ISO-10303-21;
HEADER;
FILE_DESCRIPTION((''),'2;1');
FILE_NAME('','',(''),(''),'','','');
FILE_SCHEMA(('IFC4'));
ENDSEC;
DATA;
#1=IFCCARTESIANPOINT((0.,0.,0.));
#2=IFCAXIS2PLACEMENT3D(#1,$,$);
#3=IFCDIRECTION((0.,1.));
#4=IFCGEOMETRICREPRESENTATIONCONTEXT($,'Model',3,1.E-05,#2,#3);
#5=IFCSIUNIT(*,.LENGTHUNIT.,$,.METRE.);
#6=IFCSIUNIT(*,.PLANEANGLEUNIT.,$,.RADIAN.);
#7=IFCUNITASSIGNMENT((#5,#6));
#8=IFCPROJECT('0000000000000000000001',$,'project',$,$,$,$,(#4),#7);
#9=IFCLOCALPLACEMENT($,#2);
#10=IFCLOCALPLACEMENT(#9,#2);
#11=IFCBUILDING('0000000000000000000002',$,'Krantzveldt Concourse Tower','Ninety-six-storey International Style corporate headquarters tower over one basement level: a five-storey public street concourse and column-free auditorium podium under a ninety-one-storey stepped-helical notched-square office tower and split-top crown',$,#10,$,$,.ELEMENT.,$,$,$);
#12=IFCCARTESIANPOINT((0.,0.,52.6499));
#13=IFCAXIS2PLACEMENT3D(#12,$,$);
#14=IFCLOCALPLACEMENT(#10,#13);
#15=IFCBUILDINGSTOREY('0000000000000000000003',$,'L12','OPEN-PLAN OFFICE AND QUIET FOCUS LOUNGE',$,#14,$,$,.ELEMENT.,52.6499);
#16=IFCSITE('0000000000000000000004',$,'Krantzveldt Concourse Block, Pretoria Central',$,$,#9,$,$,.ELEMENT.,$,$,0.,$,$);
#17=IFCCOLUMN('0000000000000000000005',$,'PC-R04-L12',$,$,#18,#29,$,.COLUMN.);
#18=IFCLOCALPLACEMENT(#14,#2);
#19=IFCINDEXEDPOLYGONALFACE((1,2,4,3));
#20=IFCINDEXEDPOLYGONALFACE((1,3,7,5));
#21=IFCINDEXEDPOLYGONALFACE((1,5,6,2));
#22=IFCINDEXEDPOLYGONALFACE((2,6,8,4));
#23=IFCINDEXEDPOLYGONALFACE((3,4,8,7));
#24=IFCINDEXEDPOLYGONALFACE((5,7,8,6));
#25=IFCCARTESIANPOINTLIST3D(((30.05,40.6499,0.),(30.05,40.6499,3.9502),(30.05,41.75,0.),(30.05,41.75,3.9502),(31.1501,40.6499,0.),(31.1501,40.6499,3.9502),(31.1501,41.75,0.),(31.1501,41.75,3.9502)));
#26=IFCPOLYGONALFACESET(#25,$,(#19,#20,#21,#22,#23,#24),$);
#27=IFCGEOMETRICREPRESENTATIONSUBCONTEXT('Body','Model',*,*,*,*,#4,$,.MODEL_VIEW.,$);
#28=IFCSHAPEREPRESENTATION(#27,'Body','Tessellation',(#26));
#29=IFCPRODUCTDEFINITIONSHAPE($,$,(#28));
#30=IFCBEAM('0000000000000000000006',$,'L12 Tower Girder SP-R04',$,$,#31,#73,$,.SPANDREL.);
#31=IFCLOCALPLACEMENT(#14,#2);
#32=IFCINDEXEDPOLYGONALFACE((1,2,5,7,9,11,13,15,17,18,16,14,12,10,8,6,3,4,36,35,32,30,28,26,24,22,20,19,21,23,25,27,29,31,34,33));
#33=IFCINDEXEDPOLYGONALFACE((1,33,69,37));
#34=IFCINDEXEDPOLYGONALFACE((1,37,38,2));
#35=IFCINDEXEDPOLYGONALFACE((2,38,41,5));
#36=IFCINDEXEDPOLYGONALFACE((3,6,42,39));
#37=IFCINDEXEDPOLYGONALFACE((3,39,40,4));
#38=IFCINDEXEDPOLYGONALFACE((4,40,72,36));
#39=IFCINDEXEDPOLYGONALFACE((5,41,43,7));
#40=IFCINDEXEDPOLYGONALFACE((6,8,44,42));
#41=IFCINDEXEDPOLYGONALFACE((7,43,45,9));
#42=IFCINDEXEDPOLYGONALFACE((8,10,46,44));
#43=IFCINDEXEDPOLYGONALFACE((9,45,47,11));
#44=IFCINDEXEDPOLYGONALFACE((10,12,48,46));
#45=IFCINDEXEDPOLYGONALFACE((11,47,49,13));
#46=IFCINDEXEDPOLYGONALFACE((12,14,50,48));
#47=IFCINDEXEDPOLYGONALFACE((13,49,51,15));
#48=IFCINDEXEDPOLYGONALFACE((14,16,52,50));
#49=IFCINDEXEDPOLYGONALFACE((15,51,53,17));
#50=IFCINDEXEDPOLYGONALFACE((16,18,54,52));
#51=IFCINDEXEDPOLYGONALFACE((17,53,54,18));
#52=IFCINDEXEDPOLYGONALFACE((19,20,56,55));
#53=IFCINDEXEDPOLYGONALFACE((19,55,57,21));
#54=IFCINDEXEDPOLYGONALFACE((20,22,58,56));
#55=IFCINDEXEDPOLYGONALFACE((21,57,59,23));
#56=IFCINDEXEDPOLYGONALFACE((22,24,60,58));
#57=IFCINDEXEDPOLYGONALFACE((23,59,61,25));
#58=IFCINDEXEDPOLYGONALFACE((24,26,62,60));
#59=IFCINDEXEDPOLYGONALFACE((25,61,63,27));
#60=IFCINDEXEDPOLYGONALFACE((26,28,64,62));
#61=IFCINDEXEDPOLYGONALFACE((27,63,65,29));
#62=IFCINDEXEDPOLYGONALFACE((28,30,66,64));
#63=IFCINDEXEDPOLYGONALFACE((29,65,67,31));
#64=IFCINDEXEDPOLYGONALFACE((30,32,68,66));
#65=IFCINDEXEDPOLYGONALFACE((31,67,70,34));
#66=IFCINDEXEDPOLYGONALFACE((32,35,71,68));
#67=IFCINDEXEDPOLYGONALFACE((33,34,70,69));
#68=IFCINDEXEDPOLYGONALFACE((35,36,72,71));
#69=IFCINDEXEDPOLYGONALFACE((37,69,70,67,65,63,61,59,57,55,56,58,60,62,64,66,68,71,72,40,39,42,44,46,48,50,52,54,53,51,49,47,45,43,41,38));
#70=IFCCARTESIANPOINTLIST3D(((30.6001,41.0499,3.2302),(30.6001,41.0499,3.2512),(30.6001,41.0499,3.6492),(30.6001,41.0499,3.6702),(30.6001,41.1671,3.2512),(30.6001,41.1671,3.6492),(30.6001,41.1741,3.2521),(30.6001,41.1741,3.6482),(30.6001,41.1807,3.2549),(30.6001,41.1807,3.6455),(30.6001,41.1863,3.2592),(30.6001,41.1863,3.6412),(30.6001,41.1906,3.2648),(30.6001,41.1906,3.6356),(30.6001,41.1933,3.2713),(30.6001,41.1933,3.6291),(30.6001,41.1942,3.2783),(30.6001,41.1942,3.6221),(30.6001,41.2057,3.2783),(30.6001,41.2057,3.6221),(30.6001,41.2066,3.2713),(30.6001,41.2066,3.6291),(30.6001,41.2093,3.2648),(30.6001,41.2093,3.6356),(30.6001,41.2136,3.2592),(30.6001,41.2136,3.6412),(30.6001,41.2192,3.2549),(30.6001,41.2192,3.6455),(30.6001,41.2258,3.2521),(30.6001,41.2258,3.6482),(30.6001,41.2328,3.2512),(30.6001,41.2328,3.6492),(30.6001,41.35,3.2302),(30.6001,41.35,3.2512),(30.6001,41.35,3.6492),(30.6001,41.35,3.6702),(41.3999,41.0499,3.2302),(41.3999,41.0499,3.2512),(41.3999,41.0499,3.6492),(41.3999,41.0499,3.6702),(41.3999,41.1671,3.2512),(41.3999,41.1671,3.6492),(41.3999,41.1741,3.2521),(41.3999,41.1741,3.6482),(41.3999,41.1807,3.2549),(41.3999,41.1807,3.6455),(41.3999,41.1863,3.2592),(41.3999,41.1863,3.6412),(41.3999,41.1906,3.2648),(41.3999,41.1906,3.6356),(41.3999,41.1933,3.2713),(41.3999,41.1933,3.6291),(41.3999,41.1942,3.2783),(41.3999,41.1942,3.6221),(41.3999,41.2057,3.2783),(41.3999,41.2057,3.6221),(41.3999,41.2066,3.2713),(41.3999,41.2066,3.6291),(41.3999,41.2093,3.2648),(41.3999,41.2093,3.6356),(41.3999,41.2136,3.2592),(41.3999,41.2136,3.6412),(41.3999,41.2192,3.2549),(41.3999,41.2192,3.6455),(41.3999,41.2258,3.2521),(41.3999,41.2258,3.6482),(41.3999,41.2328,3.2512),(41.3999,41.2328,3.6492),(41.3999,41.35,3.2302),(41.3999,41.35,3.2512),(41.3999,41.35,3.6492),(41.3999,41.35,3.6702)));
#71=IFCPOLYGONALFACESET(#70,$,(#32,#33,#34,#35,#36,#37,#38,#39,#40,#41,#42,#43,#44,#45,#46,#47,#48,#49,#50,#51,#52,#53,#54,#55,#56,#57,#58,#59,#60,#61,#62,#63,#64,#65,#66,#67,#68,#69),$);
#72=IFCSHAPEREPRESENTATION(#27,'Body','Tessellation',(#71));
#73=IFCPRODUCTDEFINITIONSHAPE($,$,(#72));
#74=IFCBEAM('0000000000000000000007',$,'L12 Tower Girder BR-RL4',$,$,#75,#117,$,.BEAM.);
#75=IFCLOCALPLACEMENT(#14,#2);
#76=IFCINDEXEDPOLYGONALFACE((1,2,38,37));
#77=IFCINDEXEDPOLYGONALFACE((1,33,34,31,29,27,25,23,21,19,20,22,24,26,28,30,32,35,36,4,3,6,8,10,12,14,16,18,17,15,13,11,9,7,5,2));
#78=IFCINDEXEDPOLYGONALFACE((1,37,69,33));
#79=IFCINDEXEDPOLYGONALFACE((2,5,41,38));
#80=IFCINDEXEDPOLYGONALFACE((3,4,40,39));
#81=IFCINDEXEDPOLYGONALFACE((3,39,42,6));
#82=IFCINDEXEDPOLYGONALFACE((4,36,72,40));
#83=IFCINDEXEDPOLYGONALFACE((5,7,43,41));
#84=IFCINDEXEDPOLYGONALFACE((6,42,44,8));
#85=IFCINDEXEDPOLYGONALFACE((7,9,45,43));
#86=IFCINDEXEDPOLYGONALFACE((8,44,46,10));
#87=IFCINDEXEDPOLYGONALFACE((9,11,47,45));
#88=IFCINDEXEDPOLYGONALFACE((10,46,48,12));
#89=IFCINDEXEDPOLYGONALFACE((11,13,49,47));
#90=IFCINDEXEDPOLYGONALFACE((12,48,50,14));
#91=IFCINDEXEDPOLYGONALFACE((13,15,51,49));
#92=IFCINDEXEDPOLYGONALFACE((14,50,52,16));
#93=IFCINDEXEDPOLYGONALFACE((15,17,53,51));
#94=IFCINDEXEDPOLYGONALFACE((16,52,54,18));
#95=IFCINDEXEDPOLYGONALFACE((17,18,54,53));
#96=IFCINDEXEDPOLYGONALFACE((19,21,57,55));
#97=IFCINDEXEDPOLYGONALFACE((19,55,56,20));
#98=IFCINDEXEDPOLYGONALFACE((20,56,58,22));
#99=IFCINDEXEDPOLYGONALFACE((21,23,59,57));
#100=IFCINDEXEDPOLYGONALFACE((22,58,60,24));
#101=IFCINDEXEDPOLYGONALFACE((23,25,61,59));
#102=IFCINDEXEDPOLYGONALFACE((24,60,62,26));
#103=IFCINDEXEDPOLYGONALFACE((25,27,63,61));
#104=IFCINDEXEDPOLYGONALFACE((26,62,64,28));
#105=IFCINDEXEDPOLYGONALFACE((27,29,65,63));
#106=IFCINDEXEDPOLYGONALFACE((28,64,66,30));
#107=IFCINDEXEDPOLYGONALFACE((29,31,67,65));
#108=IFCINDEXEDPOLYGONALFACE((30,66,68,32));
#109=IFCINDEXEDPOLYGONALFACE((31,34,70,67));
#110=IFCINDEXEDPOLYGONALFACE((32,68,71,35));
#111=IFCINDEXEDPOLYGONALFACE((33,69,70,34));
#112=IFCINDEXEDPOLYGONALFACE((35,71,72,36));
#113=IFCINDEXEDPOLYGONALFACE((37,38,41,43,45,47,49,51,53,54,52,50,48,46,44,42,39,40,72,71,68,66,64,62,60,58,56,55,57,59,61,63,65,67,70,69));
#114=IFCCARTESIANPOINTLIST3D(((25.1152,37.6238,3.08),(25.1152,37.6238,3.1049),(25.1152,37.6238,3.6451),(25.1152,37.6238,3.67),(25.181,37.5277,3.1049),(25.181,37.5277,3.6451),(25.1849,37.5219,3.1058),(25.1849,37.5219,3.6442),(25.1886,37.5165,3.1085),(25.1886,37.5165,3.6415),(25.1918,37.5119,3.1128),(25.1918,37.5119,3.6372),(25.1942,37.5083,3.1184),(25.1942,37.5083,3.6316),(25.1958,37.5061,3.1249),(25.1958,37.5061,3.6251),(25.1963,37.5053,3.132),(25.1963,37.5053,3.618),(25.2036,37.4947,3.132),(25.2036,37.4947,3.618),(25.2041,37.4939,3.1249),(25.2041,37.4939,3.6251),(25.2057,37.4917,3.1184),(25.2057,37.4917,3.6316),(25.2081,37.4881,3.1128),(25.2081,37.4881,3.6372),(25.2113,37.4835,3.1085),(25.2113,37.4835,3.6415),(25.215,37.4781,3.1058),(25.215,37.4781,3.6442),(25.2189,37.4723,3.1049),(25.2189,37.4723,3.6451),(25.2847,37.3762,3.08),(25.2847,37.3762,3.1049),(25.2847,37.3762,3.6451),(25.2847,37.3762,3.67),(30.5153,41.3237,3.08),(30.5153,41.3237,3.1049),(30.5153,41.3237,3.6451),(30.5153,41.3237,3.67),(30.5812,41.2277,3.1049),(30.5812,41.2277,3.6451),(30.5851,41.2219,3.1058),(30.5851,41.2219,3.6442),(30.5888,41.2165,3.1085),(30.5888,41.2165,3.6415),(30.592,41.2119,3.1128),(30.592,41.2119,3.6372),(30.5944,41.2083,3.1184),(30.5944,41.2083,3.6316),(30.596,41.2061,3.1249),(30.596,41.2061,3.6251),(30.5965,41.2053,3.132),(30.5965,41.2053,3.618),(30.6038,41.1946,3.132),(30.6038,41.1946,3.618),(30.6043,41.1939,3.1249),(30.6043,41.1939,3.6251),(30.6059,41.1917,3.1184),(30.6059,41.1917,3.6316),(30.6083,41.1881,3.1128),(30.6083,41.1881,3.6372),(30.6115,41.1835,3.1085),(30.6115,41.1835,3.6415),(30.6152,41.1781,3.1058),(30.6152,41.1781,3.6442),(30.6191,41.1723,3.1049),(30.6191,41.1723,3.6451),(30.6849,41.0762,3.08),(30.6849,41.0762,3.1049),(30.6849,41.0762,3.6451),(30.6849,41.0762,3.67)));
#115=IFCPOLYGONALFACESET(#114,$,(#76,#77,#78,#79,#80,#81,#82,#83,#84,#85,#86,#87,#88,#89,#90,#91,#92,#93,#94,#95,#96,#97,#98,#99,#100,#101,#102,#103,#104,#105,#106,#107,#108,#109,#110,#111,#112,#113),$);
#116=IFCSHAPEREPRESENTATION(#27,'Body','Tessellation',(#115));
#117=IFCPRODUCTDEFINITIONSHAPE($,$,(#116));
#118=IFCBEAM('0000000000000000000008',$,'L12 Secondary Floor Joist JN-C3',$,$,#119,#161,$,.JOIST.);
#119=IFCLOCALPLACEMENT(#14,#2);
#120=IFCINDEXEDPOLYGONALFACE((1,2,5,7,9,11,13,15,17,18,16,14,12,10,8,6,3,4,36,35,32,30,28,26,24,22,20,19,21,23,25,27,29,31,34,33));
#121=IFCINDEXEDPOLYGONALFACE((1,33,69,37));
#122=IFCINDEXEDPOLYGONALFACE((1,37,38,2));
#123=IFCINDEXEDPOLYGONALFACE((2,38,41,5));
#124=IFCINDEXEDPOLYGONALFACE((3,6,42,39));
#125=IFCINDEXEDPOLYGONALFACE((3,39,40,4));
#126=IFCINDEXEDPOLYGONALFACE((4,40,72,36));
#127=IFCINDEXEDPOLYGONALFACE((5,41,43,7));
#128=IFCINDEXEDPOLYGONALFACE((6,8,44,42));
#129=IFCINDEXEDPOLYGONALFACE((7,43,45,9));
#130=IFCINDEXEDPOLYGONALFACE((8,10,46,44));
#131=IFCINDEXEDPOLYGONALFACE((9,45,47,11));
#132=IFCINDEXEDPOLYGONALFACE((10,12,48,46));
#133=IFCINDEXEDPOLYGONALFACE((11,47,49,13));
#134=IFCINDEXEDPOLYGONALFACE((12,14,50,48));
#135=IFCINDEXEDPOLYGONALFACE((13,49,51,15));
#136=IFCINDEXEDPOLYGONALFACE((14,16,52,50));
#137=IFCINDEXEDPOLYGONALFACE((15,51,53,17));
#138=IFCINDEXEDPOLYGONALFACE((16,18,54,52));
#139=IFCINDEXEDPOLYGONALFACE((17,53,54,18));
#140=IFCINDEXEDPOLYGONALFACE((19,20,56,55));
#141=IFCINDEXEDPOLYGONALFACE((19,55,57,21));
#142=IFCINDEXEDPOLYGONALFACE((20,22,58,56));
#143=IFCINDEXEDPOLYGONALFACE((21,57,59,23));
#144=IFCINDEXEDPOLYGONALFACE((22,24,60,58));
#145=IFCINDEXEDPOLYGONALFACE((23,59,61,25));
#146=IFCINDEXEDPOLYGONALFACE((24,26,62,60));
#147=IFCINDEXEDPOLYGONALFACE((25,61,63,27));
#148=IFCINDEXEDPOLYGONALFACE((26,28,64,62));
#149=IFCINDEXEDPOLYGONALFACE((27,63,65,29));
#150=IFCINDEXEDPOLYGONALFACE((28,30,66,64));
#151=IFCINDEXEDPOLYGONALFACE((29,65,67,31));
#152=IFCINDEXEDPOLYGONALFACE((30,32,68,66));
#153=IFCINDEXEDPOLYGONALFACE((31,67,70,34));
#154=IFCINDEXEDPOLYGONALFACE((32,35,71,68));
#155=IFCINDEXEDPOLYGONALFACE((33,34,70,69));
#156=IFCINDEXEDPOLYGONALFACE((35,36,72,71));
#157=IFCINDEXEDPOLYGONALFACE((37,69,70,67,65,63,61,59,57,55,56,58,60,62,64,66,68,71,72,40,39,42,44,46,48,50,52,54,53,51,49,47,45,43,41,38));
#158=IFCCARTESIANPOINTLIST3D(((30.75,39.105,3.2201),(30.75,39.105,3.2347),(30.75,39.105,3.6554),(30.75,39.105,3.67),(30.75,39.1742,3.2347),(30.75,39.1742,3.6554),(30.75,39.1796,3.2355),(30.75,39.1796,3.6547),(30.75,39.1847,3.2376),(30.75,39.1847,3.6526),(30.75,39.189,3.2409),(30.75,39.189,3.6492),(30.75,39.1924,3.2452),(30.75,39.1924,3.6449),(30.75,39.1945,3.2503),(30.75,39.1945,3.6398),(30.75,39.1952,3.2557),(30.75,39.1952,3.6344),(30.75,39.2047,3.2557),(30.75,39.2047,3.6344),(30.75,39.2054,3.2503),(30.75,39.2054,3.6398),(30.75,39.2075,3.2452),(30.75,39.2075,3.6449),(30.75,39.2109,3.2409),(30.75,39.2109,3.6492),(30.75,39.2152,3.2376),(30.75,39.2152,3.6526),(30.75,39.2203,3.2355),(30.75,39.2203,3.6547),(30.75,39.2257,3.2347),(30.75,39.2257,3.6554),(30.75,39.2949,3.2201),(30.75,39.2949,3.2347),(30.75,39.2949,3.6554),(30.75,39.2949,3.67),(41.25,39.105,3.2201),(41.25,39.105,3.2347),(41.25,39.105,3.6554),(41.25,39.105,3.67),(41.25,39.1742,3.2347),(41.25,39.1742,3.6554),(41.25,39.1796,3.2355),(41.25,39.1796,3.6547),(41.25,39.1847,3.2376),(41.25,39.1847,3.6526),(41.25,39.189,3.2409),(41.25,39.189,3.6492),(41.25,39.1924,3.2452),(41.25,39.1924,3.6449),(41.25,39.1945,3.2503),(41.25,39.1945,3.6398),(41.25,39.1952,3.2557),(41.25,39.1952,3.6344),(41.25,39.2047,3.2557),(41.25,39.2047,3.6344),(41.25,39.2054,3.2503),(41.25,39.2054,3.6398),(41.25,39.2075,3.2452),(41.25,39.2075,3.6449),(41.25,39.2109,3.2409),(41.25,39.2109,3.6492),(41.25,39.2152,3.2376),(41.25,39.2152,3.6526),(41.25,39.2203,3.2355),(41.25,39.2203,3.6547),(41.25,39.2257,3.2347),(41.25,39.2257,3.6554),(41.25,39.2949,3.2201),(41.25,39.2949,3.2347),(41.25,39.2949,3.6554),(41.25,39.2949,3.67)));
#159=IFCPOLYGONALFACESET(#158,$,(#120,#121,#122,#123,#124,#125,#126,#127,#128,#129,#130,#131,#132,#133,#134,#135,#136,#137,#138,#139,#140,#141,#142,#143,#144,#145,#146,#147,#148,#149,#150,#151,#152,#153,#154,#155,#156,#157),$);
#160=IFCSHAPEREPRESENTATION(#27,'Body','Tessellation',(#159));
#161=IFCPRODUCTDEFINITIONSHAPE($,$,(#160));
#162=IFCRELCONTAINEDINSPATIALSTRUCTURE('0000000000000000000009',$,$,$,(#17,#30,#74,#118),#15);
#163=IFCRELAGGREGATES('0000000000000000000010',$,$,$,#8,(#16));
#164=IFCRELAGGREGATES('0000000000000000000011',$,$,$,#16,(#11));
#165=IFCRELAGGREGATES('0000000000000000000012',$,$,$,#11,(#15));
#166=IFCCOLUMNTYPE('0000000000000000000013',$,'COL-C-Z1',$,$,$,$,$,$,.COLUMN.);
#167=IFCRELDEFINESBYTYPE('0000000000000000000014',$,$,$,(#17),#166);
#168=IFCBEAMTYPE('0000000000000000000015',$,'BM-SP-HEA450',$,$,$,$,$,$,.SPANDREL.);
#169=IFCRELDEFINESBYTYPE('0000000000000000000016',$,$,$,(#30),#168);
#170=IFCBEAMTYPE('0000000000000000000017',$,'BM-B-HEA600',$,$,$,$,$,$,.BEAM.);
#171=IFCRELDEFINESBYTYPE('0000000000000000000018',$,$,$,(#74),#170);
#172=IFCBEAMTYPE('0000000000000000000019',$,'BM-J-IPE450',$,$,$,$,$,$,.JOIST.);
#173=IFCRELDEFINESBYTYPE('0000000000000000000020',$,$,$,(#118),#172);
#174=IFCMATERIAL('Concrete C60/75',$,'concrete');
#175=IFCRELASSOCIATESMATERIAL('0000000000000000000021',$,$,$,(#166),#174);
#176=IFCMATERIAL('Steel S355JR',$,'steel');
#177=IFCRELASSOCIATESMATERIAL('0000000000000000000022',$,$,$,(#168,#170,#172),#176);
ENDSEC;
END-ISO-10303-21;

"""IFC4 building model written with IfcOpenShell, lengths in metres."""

from ifc_helpers import new_model, si_unit, direction, frame, origin, origin_2d, place, context, subcontext, project, spatial, rectangle, i_section, extrude, source, transform, mapped, material, material_profile, profile_set, type_object, type_shapes, element, save


model = new_model("IFC4")

# Units and contexts
model_context = context("Model", 3, precision=1e-05, world=origin(), true_north=direction((0.0, 1.0)))
body_context = subcontext(model_context, "Body", "Model", "MODEL_VIEW")
ifc_project = project(units=[si_unit("LENGTHUNIT", "METRE"), si_unit("PLANEANGLEUNIT", "RADIAN")], contexts=[model_context])

# Site, building, storey
site_placement = place(None, origin())
site = spatial("IfcSite", under=ifc_project, at=site_placement, Name="Krantzveldt Concourse Block, Pretoria Central", CompositionType="ELEMENT", RefElevation=0.0)
building_placement = place(site_placement, origin())
building = spatial("IfcBuilding", under=site, at=building_placement, Name="Krantzveldt Concourse Tower", Description="Ninety-six-storey International Style corporate headquarters tower over one basement level: a five-storey public street concourse and column-free auditorium podium under a ninety-one-storey stepped-helical notched-square office tower and split-top crown", CompositionType="ELEMENT")
storey_placement = place(building_placement, frame((0.0, 0.0, 52.6499)))
storey = spatial("IfcBuildingStorey", under=building, at=storey_placement, Name="L12", Description="OPEN-PLAN OFFICE AND QUIET FOCUS LOUNGE", CompositionType="ELEMENT", Elevation=52.6499)

# Column
ifc_material_1 = material(Name="Concrete C60/75", Category="concrete")
ifc_material_profile_1 = material_profile(ifc_material_1, rectangle(XDim=1.1001, YDim=1.1001, at=origin_2d()), Name="Concrete C60/75", Category="concrete")
ifc_profile_set_1 = profile_set([ifc_material_profile_1], Name="Concrete C60/75 - RC 1100x1100")
column_type = type_object("IfcColumnType", Name="COL-C-Z1", PredefinedType="COLUMN", material=ifc_profile_set_1)
shared_shape_1 = source(origin(), body_context, "Body", "SweptSolid", [
    extrude(rectangle(XDim=1.1001, YDim=1.1001, at=origin_2d()), origin(), (0.0, 0.0, 1.0), 3.9502),
])
type_shapes(column_type, [shared_shape_1])
column_placement = place(storey_placement, frame((30.6001, 41.2, 0.0), z_axis=(0.0, 0.0, 1.0), x_axis=(1.0, 0.0, 0.0)))
element("IfcColumn", 1, at=column_placement, inside=storey, type_object=column_type, Name="PC-R04-L12", PredefinedType="COLUMN", context=body_context, shape_type="MappedRepresentation", body=[
    mapped(shared_shape_1, transform((0.0, 0.0, 0.0), x_axis=(1.0, 0.0, 0.0), y_axis=(0.0, 1.0, 0.0), z_axis=(0.0, 0.0, 1.0), scale=1.0)),
])

# Beams
ifc_material_2 = material(Name="Steel S355JR", Category="steel")
ifc_material_profile_2 = material_profile(ifc_material_2, i_section(OverallWidth=0.3, OverallDepth=0.4399, WebThickness=0.0115, FlangeThickness=0.021, FilletRadius=0.0271, at=origin_2d()), Name="Steel S355JR", Category="steel")
ifc_profile_set_2 = profile_set([ifc_material_profile_2], Name="Steel S355JR - HEA 450")
beam_type_1 = type_object("IfcBeamType", Name="BM-SP-HEA450", PredefinedType="SPANDREL", material=ifc_profile_set_2)
shared_shape_2 = source(origin(), body_context, "Body", "SweptSolid", [
    extrude(i_section(OverallWidth=0.3, OverallDepth=0.4399, WebThickness=0.0115, FlangeThickness=0.021, FilletRadius=0.0271, at=origin_2d()), origin(), (0.0, 0.0, 1.0), 10.7998),
])
type_shapes(beam_type_1, [shared_shape_2])
beam_1_placement = place(storey_placement, frame((30.6001, 41.2, 3.4502), z_axis=(1.0, 0.0, 0.0), x_axis=(0.0, 1.0, 0.0)))
element("IfcBeam", 2, at=beam_1_placement, inside=storey, type_object=beam_type_1, Name="L12 Tower Girder SP-R04", PredefinedType="SPANDREL", context=body_context, shape_type="MappedRepresentation", body=[
    mapped(shared_shape_2, transform((0.0, 0.0, 0.0), x_axis=(1.0, 0.0, 0.0), y_axis=(0.0, 1.0, 0.0), z_axis=(0.0, 0.0, 1.0), scale=1.0)),
])
ifc_material_profile_3 = material_profile(ifc_material_2, i_section(OverallWidth=0.3, OverallDepth=0.5901, WebThickness=0.0129, FlangeThickness=0.0249, FilletRadius=0.0271, at=origin_2d()), Name="Steel S355JR", Category="steel")
ifc_profile_set_3 = profile_set([ifc_material_profile_3], Name="Steel S355JR - HEA 600")
beam_type_2 = type_object("IfcBeamType", Name="BM-B-HEA600", PredefinedType="BEAM", material=ifc_profile_set_3)
shared_shape_3 = source(origin(), body_context, "Body", "SweptSolid", [
    extrude(i_section(OverallWidth=0.3, OverallDepth=0.5901, WebThickness=0.0129, FlangeThickness=0.0249, FilletRadius=0.0271, at=origin_2d()), origin(), (0.0, 0.0, 1.0), 6.5461),
])
type_shapes(beam_type_2, [shared_shape_3])
beam_2_placement = place(storey_placement, frame((25.2, 37.5, 3.375), z_axis=(0.824943, 0.565216, 0.0), x_axis=(-0.565216, 0.824943, 0.0)))
element("IfcBeam", 3, at=beam_2_placement, inside=storey, type_object=beam_type_2, Name="L12 Tower Girder BR-RL4", PredefinedType="BEAM", context=body_context, shape_type="MappedRepresentation", body=[
    mapped(shared_shape_3, transform((0.0, 0.0, 0.0), x_axis=(1.0, 0.0, 0.0), y_axis=(0.0, 1.0, 0.0), z_axis=(0.0, 0.0, 1.0), scale=1.0)),
])
ifc_material_profile_4 = material_profile(ifc_material_2, i_section(OverallWidth=0.1899, OverallDepth=0.45, WebThickness=0.0095, FlangeThickness=0.0146, FilletRadius=0.021, at=origin_2d()), Name="Steel S355JR", Category="steel")
ifc_profile_set_4 = profile_set([ifc_material_profile_4], Name="Steel S355JR - IPE 450")
beam_type_3 = type_object("IfcBeamType", Name="BM-J-IPE450", PredefinedType="JOIST", material=ifc_profile_set_4)
shared_shape_4 = source(origin(), body_context, "Body", "SweptSolid", [
    extrude(i_section(OverallWidth=0.1899, OverallDepth=0.45, WebThickness=0.0095, FlangeThickness=0.0146, FilletRadius=0.021, at=origin_2d()), origin(), (0.0, 0.0, 1.0), 10.5),
])
type_shapes(beam_type_3, [shared_shape_4])
beam_3_placement = place(storey_placement, frame((30.75, 39.2, 3.4451), z_axis=(1.0, 0.0, 0.0), x_axis=(0.0, 1.0, 0.0)))
element("IfcBeam", 4, at=beam_3_placement, inside=storey, type_object=beam_type_3, Name="L12 Secondary Floor Joist JN-C3", PredefinedType="JOIST", context=body_context, shape_type="MappedRepresentation", body=[
    mapped(shared_shape_4, transform((0.0, 0.0, 0.0), x_axis=(1.0, 0.0, 0.0), y_axis=(0.0, 1.0, 0.0), z_axis=(0.0, 0.0, 1.0), scale=1.0)),
])

save(model, "model.ifc")
